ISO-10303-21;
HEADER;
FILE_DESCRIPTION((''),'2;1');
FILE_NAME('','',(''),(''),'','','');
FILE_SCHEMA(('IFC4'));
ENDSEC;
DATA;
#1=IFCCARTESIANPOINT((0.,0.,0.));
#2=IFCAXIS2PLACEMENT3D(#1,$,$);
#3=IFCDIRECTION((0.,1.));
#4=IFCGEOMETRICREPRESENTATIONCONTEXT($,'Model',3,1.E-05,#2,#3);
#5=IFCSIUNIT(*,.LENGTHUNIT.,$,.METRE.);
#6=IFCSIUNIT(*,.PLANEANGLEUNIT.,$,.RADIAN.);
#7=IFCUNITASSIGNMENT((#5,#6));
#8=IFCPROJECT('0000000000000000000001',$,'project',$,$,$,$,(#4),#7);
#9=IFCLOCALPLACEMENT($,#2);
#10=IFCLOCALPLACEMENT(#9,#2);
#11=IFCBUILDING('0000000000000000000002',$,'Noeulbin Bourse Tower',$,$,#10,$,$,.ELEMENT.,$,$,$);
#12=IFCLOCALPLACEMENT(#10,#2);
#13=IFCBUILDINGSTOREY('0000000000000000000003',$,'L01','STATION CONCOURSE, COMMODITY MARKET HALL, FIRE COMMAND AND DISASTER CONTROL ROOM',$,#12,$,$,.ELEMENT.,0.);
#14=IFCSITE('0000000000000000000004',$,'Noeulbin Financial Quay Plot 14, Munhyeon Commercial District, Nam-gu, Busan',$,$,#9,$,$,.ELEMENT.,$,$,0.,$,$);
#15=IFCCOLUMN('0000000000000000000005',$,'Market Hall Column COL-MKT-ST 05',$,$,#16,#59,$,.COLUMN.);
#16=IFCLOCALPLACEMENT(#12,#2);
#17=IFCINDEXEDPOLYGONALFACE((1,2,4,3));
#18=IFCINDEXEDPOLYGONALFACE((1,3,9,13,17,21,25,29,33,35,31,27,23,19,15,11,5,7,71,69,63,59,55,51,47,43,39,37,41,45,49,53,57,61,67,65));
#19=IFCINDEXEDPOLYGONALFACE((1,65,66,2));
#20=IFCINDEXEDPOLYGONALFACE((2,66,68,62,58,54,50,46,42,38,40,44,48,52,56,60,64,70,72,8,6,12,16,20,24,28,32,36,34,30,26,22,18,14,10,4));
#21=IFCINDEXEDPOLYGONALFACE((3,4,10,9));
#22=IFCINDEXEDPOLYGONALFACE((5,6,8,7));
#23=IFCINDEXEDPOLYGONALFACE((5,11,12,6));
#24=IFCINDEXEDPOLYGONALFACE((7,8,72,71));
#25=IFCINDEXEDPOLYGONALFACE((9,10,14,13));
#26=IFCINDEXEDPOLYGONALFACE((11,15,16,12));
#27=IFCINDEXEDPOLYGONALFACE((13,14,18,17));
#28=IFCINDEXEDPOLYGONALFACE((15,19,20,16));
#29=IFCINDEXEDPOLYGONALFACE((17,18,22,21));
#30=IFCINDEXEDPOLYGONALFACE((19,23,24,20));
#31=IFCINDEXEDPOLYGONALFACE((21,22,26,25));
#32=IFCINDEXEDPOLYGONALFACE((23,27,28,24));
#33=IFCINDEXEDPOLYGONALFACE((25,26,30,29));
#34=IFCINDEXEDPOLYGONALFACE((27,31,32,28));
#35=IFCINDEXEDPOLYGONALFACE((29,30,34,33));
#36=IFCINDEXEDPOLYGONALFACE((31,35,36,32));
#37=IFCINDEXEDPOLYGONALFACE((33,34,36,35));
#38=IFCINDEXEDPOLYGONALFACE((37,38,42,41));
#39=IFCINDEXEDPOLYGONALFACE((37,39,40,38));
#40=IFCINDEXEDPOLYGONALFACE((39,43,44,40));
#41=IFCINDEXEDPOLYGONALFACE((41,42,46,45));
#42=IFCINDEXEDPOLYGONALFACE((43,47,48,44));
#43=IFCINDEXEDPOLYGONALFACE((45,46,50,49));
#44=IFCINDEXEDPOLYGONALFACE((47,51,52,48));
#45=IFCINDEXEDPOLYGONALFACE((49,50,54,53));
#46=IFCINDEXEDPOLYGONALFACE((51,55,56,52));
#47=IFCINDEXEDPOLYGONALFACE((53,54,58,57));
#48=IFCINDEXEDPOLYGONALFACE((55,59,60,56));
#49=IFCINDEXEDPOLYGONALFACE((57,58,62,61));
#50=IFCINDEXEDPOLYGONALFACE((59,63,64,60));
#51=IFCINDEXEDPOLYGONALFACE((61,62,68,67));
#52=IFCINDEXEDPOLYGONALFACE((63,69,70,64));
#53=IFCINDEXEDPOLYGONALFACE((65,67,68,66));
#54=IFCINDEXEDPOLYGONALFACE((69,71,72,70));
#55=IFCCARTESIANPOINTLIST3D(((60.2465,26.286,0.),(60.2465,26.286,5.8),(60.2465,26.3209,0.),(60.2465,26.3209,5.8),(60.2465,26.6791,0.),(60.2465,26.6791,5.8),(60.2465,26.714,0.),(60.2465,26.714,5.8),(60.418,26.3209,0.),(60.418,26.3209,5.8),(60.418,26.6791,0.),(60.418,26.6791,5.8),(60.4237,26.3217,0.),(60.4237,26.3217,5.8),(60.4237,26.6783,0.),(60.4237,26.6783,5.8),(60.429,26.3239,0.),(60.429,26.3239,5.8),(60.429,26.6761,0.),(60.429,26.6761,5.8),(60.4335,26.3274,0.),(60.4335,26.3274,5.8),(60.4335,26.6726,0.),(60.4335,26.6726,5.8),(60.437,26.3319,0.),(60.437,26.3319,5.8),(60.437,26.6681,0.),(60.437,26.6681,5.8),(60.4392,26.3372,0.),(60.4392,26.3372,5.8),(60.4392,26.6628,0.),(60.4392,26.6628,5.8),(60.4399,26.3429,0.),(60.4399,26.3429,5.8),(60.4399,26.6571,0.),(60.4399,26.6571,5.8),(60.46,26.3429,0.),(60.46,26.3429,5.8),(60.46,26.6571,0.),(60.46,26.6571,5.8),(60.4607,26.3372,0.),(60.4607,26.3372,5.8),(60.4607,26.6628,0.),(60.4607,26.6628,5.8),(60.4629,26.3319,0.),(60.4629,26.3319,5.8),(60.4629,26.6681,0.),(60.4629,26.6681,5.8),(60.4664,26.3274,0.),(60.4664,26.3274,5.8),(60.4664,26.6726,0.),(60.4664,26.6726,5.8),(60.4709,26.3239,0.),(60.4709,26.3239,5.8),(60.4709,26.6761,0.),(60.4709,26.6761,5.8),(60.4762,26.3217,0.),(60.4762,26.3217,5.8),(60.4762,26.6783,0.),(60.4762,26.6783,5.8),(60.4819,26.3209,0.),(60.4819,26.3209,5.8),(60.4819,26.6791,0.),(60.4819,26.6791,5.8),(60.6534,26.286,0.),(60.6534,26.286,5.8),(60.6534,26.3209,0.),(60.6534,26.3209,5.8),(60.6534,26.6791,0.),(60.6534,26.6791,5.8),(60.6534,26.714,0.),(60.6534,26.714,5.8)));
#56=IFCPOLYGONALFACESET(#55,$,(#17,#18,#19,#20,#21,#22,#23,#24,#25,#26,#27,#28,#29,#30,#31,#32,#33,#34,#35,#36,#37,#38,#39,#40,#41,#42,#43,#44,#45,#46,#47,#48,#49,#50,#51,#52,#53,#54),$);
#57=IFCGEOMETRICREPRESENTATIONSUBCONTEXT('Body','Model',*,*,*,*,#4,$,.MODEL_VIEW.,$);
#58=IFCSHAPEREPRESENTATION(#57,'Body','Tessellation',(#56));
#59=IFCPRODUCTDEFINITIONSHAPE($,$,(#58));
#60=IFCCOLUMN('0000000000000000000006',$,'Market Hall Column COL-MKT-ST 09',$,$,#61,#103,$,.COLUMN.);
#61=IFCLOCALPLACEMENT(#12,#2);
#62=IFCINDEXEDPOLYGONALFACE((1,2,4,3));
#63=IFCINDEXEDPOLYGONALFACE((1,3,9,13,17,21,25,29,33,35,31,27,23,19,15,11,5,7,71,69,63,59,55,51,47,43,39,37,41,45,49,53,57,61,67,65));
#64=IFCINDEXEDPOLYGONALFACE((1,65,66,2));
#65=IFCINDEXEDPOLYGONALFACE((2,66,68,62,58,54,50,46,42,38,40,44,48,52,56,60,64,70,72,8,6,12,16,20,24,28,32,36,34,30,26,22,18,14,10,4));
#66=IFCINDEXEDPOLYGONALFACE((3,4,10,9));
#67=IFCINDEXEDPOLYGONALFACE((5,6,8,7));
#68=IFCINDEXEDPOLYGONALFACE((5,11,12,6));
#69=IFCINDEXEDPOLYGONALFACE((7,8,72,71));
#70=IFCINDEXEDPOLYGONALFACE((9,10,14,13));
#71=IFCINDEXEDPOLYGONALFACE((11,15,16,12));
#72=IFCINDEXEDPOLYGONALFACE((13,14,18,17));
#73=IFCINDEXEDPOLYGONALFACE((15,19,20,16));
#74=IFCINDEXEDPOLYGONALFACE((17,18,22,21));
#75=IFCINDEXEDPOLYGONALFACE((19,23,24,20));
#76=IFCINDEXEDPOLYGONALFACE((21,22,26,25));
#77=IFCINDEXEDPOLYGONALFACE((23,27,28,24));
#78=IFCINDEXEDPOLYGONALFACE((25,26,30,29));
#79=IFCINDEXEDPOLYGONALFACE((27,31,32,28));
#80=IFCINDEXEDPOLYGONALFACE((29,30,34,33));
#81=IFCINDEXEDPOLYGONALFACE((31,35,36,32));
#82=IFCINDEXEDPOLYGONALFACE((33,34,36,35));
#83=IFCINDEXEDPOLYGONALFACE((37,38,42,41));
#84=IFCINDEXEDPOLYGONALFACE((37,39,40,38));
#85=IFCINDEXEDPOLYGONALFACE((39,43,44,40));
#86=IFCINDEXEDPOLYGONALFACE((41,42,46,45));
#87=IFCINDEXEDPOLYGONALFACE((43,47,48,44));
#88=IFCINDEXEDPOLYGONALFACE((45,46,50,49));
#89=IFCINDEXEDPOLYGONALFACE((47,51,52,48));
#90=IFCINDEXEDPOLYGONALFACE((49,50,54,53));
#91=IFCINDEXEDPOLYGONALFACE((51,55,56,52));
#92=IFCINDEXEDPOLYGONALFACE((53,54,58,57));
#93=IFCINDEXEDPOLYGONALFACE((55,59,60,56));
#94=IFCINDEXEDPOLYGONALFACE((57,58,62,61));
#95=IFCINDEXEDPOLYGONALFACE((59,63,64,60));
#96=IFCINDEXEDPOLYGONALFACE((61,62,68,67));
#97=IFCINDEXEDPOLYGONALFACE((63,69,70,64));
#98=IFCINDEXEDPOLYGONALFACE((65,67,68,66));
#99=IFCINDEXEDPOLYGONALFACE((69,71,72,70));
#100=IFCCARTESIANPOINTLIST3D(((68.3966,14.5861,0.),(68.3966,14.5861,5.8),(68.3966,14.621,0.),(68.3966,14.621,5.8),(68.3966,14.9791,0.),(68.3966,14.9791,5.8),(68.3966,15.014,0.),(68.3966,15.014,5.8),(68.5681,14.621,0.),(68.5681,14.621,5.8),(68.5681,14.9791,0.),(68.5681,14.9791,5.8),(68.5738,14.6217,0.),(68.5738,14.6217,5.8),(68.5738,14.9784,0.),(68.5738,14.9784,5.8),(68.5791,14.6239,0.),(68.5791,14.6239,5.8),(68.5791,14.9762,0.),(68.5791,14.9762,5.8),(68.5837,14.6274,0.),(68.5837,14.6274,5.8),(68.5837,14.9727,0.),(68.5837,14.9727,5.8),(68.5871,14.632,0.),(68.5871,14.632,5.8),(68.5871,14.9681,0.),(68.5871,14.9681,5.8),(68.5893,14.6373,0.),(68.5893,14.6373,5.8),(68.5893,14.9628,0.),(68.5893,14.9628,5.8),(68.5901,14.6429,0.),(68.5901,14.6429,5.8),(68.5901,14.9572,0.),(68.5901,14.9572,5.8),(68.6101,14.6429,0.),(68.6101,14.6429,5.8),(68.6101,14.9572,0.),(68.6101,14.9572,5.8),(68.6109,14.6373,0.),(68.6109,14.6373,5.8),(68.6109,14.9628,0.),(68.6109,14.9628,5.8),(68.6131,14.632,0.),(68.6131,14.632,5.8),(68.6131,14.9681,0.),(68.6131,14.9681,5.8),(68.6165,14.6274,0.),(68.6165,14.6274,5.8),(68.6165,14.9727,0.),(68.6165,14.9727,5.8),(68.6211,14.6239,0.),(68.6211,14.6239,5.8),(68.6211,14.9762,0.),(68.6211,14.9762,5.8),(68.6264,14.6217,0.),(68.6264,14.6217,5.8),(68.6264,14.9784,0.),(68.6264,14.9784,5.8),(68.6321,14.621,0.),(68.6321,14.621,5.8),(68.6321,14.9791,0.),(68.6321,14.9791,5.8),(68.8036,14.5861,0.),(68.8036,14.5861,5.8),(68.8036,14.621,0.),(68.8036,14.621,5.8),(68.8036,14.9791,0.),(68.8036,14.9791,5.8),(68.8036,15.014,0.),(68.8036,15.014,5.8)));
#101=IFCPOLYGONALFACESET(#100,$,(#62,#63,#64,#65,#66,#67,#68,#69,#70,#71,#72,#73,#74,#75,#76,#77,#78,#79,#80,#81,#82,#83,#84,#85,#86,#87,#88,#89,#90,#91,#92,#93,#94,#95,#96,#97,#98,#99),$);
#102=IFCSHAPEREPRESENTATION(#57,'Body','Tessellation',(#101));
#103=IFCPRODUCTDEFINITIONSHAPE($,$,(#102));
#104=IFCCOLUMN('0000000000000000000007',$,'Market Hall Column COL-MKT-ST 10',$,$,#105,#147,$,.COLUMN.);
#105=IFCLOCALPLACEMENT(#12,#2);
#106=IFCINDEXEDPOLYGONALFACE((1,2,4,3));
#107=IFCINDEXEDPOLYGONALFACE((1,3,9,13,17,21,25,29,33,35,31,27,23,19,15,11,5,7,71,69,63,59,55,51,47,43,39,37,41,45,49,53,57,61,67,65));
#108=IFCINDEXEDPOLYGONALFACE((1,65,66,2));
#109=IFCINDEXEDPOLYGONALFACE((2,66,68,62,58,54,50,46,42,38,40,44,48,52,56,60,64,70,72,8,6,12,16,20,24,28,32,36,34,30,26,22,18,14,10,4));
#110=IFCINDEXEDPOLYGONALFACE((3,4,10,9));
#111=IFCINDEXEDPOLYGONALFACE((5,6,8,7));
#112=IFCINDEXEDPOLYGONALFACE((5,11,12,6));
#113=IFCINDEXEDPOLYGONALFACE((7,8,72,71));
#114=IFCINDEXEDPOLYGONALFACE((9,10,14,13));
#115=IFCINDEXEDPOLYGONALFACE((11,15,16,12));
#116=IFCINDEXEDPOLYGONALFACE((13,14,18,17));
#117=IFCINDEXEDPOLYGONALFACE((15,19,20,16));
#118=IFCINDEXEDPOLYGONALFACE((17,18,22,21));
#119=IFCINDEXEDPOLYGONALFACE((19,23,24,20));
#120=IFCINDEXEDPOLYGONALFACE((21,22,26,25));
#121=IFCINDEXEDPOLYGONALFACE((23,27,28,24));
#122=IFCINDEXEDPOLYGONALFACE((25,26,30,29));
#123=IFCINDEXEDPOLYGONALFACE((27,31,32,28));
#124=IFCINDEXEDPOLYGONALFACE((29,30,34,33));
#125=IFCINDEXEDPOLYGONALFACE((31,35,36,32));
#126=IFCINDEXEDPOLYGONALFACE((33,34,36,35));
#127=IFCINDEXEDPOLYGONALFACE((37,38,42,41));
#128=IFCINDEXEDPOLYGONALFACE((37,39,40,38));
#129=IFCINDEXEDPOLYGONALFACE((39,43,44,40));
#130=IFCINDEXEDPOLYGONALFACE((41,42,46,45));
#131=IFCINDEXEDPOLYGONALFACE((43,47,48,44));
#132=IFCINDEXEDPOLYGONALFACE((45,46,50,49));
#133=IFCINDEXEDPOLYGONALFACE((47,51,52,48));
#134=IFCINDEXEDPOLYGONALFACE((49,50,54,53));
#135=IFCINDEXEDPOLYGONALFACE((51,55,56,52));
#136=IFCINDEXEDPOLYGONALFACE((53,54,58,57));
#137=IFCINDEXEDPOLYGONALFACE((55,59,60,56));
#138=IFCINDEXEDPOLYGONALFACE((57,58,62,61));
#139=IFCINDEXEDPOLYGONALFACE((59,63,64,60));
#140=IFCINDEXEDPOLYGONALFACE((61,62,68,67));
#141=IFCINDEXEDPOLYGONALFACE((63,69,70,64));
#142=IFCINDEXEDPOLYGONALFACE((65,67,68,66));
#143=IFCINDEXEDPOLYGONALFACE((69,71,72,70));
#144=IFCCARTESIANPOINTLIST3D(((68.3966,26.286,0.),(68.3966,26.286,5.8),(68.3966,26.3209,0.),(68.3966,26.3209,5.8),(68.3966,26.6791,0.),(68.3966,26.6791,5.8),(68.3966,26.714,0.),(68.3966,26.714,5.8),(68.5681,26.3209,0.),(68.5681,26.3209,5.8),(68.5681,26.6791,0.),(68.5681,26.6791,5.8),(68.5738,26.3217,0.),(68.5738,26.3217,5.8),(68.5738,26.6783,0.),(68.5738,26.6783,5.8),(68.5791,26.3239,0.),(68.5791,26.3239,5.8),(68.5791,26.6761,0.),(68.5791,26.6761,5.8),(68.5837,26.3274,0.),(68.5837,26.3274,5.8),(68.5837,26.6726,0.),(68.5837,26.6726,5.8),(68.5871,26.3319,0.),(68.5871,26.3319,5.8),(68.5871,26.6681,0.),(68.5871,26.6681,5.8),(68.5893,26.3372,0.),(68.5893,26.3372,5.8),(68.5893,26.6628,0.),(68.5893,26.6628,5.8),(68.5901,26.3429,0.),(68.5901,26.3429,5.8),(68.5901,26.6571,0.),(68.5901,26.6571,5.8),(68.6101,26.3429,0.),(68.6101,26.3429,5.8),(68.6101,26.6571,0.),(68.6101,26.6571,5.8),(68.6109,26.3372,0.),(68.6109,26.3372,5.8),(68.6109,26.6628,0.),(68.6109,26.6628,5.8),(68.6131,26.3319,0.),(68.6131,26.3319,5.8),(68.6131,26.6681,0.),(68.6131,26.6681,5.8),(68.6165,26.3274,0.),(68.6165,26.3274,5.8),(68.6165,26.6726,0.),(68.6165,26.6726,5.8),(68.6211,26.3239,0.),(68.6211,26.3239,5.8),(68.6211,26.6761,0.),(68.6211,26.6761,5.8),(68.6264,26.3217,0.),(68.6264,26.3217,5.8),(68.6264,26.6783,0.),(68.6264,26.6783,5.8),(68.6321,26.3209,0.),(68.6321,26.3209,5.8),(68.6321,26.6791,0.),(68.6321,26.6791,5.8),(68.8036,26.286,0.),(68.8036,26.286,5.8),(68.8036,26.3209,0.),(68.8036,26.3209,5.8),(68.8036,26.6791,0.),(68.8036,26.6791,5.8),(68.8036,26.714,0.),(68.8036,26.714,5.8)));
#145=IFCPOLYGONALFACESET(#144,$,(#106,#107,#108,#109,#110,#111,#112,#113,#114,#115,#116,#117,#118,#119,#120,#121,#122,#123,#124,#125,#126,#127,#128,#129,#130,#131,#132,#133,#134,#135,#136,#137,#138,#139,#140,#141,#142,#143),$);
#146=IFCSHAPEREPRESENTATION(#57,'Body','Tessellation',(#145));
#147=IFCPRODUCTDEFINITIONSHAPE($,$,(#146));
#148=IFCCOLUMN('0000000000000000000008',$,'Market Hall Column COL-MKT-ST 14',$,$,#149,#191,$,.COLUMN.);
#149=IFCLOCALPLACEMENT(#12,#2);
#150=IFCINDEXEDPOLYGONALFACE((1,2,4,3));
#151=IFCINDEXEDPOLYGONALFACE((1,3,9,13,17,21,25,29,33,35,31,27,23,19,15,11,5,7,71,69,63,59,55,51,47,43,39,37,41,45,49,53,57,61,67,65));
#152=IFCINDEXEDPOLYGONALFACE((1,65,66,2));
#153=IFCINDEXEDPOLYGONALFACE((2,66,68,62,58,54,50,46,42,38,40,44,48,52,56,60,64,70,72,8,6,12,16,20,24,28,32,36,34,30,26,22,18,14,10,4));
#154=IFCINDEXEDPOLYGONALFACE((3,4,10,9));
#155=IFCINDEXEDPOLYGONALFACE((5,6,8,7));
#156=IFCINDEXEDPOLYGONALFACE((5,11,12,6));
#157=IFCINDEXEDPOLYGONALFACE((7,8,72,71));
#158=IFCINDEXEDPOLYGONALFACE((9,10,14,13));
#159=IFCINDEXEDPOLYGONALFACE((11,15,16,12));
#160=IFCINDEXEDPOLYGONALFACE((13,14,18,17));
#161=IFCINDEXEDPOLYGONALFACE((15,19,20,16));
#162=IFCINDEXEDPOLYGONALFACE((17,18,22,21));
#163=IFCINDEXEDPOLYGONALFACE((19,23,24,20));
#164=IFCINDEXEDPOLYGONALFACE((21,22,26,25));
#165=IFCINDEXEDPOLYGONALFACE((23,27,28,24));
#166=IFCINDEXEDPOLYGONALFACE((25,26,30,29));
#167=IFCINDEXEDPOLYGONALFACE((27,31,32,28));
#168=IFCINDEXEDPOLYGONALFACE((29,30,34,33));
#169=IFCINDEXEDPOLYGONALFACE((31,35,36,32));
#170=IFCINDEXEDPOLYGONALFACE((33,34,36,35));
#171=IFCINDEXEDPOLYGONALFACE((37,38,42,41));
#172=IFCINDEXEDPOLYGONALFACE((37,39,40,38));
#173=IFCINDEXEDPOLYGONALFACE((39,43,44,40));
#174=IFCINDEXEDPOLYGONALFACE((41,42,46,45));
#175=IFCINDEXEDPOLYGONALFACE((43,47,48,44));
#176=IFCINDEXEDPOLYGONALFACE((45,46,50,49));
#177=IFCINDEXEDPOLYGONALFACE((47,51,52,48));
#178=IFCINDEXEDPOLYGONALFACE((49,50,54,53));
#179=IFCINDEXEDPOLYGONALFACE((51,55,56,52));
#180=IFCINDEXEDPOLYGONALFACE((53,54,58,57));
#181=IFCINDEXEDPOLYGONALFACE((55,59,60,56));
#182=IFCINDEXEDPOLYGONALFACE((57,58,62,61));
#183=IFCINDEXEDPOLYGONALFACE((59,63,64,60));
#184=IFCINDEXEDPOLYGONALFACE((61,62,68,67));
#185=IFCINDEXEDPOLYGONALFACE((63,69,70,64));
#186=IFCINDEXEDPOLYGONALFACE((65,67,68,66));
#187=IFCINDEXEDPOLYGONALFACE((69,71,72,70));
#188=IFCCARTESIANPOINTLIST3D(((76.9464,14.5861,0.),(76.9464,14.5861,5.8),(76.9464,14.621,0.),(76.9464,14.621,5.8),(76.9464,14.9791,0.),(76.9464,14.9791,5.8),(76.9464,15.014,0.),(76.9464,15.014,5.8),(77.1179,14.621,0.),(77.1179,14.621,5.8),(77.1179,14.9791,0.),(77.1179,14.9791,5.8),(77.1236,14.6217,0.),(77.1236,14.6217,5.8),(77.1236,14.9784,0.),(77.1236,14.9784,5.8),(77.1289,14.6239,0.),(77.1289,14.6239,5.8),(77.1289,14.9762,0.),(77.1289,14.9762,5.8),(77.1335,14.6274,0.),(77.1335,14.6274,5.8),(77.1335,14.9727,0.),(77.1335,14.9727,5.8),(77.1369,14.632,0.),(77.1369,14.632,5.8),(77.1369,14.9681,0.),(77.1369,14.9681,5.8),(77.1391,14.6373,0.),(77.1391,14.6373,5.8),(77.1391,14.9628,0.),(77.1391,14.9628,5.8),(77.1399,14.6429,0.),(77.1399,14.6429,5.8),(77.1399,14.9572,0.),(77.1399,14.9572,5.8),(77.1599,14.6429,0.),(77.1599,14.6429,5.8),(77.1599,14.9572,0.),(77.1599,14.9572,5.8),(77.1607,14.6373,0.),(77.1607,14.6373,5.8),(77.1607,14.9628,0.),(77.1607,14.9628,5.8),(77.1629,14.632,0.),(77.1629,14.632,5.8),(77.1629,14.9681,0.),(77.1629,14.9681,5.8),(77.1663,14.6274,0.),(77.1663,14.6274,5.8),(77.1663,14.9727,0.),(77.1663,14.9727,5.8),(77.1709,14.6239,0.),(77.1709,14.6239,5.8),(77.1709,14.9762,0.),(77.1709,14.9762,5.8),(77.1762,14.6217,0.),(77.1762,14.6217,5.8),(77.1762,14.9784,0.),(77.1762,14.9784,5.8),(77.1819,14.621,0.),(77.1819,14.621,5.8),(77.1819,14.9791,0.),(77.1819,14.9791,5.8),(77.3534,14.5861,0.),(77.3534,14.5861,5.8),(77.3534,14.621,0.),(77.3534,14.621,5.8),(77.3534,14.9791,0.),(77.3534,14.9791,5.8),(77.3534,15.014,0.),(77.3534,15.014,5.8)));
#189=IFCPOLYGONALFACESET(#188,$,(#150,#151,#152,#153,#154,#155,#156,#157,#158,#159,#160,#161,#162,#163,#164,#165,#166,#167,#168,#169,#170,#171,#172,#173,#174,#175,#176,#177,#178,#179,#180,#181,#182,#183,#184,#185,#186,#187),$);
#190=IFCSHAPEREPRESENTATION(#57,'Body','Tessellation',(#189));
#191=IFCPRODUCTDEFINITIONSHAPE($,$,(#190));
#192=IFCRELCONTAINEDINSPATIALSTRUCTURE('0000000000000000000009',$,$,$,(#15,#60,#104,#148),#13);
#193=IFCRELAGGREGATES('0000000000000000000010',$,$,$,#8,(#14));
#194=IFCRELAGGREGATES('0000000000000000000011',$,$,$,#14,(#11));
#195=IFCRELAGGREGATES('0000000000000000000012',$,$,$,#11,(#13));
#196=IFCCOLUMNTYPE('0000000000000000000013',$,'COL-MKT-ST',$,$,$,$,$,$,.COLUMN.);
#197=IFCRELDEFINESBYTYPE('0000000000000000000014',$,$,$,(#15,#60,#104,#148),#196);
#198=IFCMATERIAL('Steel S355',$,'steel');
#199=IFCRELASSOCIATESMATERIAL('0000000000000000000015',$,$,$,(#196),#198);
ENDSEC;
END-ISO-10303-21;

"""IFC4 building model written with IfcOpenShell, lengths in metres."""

from ifc_helpers import new_model, si_unit, direction, frame, origin, origin_2d, place, context, subcontext, project, spatial, i_section, extrude, material, material_profile, profile_set, type_object, element, save


model = new_model("IFC4")

# Units and contexts
model_context = context("Model", 3, precision=1e-05, world=origin(), true_north=direction((0.0, 1.0)))
body_context = subcontext(model_context, "Body", "Model", "MODEL_VIEW")
ifc_project = project(units=[si_unit("LENGTHUNIT", "METRE"), si_unit("PLANEANGLEUNIT", "RADIAN")], contexts=[model_context])

# Site, building, storey
site_placement = place(None, origin())
site = spatial("IfcSite", under=ifc_project, at=site_placement, Name="Noeulbin Financial Quay Plot 14, Munhyeon Commercial District, Nam-gu, Busan", CompositionType="ELEMENT", RefElevation=0.0)
building_placement = place(site_placement, origin())
building = spatial("IfcBuilding", under=site, at=building_placement, Name="Noeulbin Bourse Tower", CompositionType="ELEMENT")
storey_placement = place(building_placement, origin())
storey = spatial("IfcBuildingStorey", under=building, at=storey_placement, Name="L01", Description="STATION CONCOURSE, COMMODITY MARKET HALL, FIRE COMMAND AND DISASTER CONTROL ROOM", CompositionType="ELEMENT", Elevation=0.0)

# Columns
ifc_material_1 = material(Name="Steel S355", Category="steel")
ifc_material_profile_1 = material_profile(ifc_material_1, i_section(OverallWidth=0.407, OverallDepth=0.428, WebThickness=0.02, FlangeThickness=0.0349, FilletRadius=0.022, at=origin_2d()), Name="H-428x407x20x35", Category="LoadBearing")
ifc_profile_set_1 = profile_set([ifc_material_profile_1], Name="Steel S355")
column_type = type_object("IfcColumnType", Name="COL-MKT-ST", PredefinedType="COLUMN", material=ifc_profile_set_1)
for number, where, z_axis, x_axis, name in (
    (1, (60.45, 26.5, 0.0), (0.0, 0.0, 1.0), (1.0, 0.0, 0.0), "Market Hall Column COL-MKT-ST 05"),
    (2, (68.6001, 14.8, 0.0), (0.0, 0.0, 1.0), (1.0, 0.0, 0.0), "Market Hall Column COL-MKT-ST 09"),
    (3, (68.6001, 26.5, 0.0), (0.0, 0.0, 1.0), (1.0, 0.0, 0.0), "Market Hall Column COL-MKT-ST 10"),
    (4, (77.1499, 14.8, 0.0), (0.0, 0.0, 1.0), (1.0, 0.0, 0.0), "Market Hall Column COL-MKT-ST 14"),
):
    element("IfcColumn", number, at=place(storey_placement, frame(where, z_axis=z_axis, x_axis=x_axis)), inside=storey, type_object=column_type, Name=name, PredefinedType="COLUMN", context=body_context, shape_type="SweptSolid", body=[
        extrude(i_section(OverallWidth=0.407, OverallDepth=0.428, WebThickness=0.02, FlangeThickness=0.0349, FilletRadius=0.022, at=origin_2d()), origin(), (0.0, 0.0, 1.0), 5.8),
    ])

save(model, "model.ifc")
